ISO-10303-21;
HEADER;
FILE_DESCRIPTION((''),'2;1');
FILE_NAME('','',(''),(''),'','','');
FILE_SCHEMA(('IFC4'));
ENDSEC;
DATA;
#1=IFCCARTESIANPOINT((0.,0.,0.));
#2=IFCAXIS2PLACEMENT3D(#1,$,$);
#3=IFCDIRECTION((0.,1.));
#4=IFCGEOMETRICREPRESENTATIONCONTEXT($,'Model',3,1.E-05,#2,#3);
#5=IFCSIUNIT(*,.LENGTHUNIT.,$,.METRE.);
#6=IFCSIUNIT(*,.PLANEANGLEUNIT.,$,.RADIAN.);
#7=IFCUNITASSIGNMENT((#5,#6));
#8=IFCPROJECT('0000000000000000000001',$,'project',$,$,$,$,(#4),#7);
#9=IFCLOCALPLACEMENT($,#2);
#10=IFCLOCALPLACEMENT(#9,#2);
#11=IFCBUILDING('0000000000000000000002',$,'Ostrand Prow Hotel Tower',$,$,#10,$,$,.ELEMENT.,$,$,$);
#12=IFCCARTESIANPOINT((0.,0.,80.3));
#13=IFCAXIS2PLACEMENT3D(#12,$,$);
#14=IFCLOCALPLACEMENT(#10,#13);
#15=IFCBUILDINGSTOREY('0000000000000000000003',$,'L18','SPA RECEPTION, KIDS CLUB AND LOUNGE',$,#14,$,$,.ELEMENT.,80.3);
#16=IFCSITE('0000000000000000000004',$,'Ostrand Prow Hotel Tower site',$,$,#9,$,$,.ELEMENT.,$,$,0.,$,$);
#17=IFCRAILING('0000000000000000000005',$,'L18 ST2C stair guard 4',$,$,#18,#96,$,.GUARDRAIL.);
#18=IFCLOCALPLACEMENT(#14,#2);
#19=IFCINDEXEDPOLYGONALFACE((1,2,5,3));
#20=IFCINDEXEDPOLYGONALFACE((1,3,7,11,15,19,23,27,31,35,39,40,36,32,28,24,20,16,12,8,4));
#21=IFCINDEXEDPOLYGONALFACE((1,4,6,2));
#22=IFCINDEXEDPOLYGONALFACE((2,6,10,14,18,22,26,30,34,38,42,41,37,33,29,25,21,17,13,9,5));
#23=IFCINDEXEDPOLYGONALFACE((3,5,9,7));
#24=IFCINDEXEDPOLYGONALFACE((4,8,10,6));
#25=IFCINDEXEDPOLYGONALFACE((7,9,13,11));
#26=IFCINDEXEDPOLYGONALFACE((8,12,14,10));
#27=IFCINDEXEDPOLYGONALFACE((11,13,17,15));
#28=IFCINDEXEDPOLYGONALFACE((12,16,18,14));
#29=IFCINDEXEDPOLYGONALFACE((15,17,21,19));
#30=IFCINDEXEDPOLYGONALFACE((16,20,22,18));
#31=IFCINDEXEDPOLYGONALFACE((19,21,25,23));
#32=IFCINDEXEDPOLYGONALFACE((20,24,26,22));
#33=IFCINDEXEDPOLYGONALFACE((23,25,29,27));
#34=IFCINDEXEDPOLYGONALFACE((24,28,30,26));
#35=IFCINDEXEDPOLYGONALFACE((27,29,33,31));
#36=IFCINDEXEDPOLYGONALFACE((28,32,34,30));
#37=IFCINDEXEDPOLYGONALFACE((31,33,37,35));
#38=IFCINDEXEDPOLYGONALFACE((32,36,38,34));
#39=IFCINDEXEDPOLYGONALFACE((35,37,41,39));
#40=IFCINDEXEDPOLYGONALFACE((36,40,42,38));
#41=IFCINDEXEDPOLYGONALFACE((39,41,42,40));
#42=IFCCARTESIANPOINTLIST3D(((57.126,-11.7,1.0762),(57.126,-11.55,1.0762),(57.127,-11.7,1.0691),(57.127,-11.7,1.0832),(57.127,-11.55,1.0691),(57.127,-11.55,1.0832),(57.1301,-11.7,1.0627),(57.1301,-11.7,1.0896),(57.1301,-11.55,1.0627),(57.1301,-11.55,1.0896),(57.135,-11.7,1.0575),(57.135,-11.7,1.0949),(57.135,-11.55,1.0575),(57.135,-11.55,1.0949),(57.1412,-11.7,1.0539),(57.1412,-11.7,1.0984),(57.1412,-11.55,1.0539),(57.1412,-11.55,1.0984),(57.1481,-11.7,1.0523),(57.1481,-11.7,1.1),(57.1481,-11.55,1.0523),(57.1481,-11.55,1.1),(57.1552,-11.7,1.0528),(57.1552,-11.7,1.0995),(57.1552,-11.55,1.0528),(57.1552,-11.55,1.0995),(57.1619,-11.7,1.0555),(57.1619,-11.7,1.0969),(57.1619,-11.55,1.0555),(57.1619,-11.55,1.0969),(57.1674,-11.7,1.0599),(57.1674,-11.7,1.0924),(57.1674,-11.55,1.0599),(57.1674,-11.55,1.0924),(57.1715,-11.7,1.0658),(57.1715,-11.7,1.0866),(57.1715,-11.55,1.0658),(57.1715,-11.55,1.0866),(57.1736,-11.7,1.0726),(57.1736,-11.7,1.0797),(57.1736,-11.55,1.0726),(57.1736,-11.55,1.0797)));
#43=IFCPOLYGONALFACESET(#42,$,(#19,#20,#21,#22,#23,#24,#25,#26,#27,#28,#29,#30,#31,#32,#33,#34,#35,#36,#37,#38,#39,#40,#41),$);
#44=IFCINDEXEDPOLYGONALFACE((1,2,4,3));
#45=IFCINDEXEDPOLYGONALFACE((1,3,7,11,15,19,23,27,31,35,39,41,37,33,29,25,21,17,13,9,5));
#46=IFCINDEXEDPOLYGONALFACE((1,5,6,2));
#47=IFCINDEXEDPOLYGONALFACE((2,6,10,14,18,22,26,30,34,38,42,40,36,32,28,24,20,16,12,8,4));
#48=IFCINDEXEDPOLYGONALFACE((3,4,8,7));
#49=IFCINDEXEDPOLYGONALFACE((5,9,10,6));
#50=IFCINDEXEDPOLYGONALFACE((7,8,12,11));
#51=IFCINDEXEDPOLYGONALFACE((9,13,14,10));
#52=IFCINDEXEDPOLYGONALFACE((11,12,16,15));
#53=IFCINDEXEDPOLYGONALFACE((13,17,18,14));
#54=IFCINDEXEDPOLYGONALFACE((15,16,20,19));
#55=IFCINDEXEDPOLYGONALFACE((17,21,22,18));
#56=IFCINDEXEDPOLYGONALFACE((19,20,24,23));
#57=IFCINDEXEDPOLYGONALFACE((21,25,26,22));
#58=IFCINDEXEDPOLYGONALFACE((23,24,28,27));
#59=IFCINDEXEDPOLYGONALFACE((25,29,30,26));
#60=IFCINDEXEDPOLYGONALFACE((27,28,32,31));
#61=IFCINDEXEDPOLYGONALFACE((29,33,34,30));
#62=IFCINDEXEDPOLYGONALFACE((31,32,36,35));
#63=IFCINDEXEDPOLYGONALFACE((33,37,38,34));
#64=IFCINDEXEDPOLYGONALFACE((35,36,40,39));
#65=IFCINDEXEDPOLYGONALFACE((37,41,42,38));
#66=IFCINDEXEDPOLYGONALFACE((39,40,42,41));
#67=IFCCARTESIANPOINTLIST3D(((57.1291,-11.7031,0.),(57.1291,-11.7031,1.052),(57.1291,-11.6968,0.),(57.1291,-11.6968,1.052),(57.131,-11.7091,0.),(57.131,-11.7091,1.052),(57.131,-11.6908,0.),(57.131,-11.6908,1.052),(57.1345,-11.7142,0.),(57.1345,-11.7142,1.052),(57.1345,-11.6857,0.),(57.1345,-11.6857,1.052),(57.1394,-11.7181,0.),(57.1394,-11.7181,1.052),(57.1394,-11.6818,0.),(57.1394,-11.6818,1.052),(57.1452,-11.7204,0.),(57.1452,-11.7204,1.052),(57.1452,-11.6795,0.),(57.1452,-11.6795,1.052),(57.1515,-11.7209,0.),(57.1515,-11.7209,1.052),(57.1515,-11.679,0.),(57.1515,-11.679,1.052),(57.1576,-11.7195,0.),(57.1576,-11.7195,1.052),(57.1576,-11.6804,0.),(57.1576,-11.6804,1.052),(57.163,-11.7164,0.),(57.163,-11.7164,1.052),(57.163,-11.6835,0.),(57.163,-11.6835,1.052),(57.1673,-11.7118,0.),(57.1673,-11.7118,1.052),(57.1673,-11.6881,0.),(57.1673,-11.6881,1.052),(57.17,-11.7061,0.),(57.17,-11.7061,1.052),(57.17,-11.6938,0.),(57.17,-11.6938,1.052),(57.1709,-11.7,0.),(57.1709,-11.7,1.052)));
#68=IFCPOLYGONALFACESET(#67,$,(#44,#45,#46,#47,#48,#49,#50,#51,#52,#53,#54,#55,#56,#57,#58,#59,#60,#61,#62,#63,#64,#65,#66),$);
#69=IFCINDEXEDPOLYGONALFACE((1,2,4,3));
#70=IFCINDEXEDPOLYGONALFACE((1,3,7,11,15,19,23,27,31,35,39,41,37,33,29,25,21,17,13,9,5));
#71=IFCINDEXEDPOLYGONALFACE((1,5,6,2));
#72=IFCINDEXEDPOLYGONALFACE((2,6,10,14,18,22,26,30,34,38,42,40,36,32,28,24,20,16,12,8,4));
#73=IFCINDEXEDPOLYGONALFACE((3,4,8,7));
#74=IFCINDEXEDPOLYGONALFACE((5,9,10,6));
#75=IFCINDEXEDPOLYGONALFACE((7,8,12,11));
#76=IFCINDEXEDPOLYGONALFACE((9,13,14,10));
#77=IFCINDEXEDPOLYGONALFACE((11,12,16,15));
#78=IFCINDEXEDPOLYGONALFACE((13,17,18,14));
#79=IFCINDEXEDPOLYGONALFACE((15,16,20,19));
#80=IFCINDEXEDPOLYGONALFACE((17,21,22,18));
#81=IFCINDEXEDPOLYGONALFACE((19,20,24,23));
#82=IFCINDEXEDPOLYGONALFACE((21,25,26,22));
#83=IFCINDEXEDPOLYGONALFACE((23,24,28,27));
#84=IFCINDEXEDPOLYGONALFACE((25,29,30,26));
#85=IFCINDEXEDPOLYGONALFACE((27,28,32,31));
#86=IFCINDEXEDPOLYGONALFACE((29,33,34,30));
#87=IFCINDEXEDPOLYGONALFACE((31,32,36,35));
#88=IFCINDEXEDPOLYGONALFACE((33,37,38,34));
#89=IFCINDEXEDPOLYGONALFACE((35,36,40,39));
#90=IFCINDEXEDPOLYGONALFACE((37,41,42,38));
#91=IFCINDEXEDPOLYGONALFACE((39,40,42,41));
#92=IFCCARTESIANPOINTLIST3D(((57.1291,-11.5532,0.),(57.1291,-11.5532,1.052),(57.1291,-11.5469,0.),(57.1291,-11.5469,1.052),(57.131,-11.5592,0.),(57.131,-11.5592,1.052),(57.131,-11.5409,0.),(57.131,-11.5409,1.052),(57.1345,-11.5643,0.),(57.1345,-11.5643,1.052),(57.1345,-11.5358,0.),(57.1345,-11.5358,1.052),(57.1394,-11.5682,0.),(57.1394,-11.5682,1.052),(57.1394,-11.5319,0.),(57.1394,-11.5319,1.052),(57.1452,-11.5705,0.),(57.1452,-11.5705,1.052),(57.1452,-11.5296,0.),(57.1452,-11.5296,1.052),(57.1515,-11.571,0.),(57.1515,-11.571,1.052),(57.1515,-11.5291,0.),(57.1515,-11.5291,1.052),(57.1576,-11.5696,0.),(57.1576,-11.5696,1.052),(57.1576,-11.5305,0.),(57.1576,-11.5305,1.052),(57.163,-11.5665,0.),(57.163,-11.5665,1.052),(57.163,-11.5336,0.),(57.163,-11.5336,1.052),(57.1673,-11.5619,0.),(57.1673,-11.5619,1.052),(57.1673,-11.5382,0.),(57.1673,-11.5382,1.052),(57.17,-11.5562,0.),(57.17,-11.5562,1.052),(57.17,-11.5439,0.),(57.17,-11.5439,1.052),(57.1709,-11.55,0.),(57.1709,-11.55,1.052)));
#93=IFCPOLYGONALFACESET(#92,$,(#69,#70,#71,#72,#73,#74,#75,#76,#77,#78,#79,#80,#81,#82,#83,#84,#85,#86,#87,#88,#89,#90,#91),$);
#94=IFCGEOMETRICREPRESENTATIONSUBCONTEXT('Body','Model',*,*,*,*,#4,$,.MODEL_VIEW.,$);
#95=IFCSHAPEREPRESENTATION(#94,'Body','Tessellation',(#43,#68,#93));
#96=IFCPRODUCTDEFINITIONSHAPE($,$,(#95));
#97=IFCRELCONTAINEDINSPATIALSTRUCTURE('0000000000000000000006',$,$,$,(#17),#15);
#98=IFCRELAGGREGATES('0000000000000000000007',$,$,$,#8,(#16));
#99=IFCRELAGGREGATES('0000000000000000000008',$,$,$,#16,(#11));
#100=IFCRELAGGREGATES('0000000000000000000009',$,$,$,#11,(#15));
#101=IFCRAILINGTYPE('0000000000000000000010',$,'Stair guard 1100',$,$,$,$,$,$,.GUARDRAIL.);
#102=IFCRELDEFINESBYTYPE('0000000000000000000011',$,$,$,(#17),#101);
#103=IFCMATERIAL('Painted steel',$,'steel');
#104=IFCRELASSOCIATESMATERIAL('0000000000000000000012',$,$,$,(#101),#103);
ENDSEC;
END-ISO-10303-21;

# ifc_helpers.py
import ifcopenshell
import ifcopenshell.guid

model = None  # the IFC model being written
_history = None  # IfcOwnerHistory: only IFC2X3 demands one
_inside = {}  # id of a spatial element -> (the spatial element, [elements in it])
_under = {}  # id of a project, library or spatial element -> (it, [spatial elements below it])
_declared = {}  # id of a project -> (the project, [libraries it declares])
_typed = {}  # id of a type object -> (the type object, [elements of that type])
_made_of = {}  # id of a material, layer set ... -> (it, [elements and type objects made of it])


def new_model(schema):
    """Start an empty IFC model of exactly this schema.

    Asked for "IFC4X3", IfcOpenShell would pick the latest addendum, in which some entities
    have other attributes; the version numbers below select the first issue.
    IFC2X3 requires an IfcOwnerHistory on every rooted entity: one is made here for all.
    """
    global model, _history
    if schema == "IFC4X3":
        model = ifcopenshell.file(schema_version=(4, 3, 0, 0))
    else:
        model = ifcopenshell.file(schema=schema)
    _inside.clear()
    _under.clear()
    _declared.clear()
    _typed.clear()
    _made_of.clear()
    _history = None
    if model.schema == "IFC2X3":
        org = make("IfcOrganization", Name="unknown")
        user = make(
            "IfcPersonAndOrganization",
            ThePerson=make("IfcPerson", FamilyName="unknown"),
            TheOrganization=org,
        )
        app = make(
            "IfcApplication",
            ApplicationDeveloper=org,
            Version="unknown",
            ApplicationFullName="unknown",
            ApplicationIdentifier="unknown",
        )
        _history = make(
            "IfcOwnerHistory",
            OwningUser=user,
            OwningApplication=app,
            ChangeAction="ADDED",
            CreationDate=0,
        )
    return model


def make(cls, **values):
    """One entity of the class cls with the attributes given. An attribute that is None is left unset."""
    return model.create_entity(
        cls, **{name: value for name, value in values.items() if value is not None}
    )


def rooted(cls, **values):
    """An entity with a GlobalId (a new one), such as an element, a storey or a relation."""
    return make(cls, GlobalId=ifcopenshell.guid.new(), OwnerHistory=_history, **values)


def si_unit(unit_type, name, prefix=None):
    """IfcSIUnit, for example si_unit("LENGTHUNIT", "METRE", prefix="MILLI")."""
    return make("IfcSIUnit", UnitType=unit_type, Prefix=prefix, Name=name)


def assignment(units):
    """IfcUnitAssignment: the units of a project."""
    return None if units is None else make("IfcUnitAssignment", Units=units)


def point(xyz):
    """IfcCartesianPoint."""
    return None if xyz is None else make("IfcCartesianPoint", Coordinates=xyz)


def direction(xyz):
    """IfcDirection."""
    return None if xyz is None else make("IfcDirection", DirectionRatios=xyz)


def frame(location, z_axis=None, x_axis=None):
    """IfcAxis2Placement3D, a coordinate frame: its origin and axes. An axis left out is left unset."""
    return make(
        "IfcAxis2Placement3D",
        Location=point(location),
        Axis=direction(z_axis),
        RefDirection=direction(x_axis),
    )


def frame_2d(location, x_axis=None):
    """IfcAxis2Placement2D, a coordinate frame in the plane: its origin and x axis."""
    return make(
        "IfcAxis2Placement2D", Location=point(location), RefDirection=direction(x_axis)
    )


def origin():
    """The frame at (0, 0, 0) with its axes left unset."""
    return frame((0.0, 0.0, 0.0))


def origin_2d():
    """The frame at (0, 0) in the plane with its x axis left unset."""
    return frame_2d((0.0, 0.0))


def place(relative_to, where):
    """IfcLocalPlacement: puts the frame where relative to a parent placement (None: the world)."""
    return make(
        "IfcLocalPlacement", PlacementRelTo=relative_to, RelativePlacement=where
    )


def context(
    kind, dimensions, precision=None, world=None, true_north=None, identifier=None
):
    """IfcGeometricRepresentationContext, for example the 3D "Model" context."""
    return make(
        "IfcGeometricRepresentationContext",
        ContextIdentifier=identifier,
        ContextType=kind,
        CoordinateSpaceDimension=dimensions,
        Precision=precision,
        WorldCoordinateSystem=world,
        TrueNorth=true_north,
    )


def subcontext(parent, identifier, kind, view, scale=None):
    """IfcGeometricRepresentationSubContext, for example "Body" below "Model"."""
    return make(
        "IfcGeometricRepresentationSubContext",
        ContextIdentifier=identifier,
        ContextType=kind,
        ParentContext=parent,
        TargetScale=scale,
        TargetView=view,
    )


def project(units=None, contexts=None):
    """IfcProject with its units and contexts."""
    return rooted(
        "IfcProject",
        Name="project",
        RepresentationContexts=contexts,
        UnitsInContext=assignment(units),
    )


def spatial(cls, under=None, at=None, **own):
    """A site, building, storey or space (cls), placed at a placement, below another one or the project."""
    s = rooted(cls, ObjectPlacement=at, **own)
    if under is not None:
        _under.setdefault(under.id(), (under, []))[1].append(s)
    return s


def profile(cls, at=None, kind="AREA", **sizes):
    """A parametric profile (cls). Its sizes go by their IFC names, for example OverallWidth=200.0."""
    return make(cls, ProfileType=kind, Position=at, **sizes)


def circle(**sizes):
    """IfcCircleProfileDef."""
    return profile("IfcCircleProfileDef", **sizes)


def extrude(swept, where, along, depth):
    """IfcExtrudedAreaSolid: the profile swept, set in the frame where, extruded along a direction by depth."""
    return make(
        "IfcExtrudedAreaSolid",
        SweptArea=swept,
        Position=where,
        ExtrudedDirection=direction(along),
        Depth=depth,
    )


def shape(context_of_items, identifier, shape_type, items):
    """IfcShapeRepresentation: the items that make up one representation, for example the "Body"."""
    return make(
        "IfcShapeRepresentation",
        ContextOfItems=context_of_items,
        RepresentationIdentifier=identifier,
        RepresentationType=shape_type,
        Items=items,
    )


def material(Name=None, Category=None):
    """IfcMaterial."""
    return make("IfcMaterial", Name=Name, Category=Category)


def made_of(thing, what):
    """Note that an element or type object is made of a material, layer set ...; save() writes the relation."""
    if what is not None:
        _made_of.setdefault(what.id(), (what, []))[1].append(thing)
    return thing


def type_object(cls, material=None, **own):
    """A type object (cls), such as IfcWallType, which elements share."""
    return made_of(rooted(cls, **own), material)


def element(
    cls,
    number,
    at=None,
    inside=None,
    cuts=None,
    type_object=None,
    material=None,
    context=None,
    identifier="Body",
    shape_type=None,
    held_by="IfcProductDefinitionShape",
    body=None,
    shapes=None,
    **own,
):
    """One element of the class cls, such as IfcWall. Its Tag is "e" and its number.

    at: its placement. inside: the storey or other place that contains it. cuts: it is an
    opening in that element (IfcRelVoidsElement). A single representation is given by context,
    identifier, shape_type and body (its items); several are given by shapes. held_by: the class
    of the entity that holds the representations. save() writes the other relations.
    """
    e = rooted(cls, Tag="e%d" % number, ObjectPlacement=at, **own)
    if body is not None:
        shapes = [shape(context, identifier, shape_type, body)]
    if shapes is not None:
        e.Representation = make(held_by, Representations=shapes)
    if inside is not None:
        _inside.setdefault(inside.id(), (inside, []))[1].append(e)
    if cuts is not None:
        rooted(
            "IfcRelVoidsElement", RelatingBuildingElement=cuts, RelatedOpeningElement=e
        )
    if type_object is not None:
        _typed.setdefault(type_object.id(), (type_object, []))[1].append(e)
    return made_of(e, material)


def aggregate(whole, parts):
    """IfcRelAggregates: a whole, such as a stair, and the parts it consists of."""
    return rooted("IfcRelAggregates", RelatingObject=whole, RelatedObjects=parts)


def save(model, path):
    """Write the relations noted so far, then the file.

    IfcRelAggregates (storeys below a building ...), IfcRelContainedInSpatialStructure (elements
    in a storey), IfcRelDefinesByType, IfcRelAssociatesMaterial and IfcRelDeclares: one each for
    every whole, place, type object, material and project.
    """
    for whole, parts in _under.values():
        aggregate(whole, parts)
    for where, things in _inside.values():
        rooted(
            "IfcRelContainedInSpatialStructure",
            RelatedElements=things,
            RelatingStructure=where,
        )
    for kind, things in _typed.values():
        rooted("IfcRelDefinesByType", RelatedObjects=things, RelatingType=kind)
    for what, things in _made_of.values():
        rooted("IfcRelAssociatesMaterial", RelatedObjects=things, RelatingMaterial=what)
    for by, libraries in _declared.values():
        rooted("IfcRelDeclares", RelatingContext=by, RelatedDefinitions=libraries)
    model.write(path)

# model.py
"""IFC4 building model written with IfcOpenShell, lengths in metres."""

from ifc_helpers import new_model, si_unit, direction, frame, origin, origin_2d, place, context, subcontext, project, spatial, circle, extrude, material, type_object, element, save


model = new_model("IFC4")

# Units and contexts
model_context = context("Model", 3, precision=1e-05, world=origin(), true_north=direction((0.0, 1.0)))
body_context = subcontext(model_context, "Body", "Model", "MODEL_VIEW")
ifc_project = project(units=[si_unit("LENGTHUNIT", "METRE"), si_unit("PLANEANGLEUNIT", "RADIAN")], contexts=[model_context])

# Site, building, storey
site_placement = place(None, origin())
site = spatial("IfcSite", under=ifc_project, at=site_placement, Name="Ostrand Prow Hotel Tower site", CompositionType="ELEMENT", RefElevation=0.0)
building_placement = place(site_placement, origin())
building = spatial("IfcBuilding", under=site, at=building_placement, Name="Ostrand Prow Hotel Tower", CompositionType="ELEMENT")
storey_placement = place(building_placement, frame((0.0, 0.0, 80.3)))
storey = spatial("IfcBuildingStorey", under=building, at=storey_placement, Name="L18", Description="SPA RECEPTION, KIDS CLUB AND LOUNGE", CompositionType="ELEMENT", Elevation=80.3)

# Railing
ifc_material_1 = material(Name="Painted steel", Category="steel")
railing_type_1 = type_object("IfcRailingType", Name="Stair guard 1100", PredefinedType="GUARDRAIL", material=ifc_material_1)
railing_1_placement = place(storey_placement, frame((57.1499, -11.7, 0.0)))
element("IfcRailing", 1, at=railing_1_placement, inside=storey, type_object=railing_type_1, Name="L18 ST2C stair guard 4", PredefinedType="GUARDRAIL", context=body_context, shape_type="SweptSolid", body=[
    extrude(circle(Radius=0.0239, at=origin_2d()), frame((0.0, 0.0, 1.0762), z_axis=(0.0, 1.0, 0.0), x_axis=(-1.0, 0.0, 0.0)), (0.0, 0.0, 1.0), 0.1499),
    extrude(circle(Radius=0.021, at=origin_2d()), origin(), (0.0, 0.0, 1.0), 1.052),
    extrude(circle(Radius=0.021, at=origin_2d()), frame((0.0, 0.1499, 0.0)), (0.0, 0.0, 1.0), 1.052),
])

save(model, "model.ifc")
